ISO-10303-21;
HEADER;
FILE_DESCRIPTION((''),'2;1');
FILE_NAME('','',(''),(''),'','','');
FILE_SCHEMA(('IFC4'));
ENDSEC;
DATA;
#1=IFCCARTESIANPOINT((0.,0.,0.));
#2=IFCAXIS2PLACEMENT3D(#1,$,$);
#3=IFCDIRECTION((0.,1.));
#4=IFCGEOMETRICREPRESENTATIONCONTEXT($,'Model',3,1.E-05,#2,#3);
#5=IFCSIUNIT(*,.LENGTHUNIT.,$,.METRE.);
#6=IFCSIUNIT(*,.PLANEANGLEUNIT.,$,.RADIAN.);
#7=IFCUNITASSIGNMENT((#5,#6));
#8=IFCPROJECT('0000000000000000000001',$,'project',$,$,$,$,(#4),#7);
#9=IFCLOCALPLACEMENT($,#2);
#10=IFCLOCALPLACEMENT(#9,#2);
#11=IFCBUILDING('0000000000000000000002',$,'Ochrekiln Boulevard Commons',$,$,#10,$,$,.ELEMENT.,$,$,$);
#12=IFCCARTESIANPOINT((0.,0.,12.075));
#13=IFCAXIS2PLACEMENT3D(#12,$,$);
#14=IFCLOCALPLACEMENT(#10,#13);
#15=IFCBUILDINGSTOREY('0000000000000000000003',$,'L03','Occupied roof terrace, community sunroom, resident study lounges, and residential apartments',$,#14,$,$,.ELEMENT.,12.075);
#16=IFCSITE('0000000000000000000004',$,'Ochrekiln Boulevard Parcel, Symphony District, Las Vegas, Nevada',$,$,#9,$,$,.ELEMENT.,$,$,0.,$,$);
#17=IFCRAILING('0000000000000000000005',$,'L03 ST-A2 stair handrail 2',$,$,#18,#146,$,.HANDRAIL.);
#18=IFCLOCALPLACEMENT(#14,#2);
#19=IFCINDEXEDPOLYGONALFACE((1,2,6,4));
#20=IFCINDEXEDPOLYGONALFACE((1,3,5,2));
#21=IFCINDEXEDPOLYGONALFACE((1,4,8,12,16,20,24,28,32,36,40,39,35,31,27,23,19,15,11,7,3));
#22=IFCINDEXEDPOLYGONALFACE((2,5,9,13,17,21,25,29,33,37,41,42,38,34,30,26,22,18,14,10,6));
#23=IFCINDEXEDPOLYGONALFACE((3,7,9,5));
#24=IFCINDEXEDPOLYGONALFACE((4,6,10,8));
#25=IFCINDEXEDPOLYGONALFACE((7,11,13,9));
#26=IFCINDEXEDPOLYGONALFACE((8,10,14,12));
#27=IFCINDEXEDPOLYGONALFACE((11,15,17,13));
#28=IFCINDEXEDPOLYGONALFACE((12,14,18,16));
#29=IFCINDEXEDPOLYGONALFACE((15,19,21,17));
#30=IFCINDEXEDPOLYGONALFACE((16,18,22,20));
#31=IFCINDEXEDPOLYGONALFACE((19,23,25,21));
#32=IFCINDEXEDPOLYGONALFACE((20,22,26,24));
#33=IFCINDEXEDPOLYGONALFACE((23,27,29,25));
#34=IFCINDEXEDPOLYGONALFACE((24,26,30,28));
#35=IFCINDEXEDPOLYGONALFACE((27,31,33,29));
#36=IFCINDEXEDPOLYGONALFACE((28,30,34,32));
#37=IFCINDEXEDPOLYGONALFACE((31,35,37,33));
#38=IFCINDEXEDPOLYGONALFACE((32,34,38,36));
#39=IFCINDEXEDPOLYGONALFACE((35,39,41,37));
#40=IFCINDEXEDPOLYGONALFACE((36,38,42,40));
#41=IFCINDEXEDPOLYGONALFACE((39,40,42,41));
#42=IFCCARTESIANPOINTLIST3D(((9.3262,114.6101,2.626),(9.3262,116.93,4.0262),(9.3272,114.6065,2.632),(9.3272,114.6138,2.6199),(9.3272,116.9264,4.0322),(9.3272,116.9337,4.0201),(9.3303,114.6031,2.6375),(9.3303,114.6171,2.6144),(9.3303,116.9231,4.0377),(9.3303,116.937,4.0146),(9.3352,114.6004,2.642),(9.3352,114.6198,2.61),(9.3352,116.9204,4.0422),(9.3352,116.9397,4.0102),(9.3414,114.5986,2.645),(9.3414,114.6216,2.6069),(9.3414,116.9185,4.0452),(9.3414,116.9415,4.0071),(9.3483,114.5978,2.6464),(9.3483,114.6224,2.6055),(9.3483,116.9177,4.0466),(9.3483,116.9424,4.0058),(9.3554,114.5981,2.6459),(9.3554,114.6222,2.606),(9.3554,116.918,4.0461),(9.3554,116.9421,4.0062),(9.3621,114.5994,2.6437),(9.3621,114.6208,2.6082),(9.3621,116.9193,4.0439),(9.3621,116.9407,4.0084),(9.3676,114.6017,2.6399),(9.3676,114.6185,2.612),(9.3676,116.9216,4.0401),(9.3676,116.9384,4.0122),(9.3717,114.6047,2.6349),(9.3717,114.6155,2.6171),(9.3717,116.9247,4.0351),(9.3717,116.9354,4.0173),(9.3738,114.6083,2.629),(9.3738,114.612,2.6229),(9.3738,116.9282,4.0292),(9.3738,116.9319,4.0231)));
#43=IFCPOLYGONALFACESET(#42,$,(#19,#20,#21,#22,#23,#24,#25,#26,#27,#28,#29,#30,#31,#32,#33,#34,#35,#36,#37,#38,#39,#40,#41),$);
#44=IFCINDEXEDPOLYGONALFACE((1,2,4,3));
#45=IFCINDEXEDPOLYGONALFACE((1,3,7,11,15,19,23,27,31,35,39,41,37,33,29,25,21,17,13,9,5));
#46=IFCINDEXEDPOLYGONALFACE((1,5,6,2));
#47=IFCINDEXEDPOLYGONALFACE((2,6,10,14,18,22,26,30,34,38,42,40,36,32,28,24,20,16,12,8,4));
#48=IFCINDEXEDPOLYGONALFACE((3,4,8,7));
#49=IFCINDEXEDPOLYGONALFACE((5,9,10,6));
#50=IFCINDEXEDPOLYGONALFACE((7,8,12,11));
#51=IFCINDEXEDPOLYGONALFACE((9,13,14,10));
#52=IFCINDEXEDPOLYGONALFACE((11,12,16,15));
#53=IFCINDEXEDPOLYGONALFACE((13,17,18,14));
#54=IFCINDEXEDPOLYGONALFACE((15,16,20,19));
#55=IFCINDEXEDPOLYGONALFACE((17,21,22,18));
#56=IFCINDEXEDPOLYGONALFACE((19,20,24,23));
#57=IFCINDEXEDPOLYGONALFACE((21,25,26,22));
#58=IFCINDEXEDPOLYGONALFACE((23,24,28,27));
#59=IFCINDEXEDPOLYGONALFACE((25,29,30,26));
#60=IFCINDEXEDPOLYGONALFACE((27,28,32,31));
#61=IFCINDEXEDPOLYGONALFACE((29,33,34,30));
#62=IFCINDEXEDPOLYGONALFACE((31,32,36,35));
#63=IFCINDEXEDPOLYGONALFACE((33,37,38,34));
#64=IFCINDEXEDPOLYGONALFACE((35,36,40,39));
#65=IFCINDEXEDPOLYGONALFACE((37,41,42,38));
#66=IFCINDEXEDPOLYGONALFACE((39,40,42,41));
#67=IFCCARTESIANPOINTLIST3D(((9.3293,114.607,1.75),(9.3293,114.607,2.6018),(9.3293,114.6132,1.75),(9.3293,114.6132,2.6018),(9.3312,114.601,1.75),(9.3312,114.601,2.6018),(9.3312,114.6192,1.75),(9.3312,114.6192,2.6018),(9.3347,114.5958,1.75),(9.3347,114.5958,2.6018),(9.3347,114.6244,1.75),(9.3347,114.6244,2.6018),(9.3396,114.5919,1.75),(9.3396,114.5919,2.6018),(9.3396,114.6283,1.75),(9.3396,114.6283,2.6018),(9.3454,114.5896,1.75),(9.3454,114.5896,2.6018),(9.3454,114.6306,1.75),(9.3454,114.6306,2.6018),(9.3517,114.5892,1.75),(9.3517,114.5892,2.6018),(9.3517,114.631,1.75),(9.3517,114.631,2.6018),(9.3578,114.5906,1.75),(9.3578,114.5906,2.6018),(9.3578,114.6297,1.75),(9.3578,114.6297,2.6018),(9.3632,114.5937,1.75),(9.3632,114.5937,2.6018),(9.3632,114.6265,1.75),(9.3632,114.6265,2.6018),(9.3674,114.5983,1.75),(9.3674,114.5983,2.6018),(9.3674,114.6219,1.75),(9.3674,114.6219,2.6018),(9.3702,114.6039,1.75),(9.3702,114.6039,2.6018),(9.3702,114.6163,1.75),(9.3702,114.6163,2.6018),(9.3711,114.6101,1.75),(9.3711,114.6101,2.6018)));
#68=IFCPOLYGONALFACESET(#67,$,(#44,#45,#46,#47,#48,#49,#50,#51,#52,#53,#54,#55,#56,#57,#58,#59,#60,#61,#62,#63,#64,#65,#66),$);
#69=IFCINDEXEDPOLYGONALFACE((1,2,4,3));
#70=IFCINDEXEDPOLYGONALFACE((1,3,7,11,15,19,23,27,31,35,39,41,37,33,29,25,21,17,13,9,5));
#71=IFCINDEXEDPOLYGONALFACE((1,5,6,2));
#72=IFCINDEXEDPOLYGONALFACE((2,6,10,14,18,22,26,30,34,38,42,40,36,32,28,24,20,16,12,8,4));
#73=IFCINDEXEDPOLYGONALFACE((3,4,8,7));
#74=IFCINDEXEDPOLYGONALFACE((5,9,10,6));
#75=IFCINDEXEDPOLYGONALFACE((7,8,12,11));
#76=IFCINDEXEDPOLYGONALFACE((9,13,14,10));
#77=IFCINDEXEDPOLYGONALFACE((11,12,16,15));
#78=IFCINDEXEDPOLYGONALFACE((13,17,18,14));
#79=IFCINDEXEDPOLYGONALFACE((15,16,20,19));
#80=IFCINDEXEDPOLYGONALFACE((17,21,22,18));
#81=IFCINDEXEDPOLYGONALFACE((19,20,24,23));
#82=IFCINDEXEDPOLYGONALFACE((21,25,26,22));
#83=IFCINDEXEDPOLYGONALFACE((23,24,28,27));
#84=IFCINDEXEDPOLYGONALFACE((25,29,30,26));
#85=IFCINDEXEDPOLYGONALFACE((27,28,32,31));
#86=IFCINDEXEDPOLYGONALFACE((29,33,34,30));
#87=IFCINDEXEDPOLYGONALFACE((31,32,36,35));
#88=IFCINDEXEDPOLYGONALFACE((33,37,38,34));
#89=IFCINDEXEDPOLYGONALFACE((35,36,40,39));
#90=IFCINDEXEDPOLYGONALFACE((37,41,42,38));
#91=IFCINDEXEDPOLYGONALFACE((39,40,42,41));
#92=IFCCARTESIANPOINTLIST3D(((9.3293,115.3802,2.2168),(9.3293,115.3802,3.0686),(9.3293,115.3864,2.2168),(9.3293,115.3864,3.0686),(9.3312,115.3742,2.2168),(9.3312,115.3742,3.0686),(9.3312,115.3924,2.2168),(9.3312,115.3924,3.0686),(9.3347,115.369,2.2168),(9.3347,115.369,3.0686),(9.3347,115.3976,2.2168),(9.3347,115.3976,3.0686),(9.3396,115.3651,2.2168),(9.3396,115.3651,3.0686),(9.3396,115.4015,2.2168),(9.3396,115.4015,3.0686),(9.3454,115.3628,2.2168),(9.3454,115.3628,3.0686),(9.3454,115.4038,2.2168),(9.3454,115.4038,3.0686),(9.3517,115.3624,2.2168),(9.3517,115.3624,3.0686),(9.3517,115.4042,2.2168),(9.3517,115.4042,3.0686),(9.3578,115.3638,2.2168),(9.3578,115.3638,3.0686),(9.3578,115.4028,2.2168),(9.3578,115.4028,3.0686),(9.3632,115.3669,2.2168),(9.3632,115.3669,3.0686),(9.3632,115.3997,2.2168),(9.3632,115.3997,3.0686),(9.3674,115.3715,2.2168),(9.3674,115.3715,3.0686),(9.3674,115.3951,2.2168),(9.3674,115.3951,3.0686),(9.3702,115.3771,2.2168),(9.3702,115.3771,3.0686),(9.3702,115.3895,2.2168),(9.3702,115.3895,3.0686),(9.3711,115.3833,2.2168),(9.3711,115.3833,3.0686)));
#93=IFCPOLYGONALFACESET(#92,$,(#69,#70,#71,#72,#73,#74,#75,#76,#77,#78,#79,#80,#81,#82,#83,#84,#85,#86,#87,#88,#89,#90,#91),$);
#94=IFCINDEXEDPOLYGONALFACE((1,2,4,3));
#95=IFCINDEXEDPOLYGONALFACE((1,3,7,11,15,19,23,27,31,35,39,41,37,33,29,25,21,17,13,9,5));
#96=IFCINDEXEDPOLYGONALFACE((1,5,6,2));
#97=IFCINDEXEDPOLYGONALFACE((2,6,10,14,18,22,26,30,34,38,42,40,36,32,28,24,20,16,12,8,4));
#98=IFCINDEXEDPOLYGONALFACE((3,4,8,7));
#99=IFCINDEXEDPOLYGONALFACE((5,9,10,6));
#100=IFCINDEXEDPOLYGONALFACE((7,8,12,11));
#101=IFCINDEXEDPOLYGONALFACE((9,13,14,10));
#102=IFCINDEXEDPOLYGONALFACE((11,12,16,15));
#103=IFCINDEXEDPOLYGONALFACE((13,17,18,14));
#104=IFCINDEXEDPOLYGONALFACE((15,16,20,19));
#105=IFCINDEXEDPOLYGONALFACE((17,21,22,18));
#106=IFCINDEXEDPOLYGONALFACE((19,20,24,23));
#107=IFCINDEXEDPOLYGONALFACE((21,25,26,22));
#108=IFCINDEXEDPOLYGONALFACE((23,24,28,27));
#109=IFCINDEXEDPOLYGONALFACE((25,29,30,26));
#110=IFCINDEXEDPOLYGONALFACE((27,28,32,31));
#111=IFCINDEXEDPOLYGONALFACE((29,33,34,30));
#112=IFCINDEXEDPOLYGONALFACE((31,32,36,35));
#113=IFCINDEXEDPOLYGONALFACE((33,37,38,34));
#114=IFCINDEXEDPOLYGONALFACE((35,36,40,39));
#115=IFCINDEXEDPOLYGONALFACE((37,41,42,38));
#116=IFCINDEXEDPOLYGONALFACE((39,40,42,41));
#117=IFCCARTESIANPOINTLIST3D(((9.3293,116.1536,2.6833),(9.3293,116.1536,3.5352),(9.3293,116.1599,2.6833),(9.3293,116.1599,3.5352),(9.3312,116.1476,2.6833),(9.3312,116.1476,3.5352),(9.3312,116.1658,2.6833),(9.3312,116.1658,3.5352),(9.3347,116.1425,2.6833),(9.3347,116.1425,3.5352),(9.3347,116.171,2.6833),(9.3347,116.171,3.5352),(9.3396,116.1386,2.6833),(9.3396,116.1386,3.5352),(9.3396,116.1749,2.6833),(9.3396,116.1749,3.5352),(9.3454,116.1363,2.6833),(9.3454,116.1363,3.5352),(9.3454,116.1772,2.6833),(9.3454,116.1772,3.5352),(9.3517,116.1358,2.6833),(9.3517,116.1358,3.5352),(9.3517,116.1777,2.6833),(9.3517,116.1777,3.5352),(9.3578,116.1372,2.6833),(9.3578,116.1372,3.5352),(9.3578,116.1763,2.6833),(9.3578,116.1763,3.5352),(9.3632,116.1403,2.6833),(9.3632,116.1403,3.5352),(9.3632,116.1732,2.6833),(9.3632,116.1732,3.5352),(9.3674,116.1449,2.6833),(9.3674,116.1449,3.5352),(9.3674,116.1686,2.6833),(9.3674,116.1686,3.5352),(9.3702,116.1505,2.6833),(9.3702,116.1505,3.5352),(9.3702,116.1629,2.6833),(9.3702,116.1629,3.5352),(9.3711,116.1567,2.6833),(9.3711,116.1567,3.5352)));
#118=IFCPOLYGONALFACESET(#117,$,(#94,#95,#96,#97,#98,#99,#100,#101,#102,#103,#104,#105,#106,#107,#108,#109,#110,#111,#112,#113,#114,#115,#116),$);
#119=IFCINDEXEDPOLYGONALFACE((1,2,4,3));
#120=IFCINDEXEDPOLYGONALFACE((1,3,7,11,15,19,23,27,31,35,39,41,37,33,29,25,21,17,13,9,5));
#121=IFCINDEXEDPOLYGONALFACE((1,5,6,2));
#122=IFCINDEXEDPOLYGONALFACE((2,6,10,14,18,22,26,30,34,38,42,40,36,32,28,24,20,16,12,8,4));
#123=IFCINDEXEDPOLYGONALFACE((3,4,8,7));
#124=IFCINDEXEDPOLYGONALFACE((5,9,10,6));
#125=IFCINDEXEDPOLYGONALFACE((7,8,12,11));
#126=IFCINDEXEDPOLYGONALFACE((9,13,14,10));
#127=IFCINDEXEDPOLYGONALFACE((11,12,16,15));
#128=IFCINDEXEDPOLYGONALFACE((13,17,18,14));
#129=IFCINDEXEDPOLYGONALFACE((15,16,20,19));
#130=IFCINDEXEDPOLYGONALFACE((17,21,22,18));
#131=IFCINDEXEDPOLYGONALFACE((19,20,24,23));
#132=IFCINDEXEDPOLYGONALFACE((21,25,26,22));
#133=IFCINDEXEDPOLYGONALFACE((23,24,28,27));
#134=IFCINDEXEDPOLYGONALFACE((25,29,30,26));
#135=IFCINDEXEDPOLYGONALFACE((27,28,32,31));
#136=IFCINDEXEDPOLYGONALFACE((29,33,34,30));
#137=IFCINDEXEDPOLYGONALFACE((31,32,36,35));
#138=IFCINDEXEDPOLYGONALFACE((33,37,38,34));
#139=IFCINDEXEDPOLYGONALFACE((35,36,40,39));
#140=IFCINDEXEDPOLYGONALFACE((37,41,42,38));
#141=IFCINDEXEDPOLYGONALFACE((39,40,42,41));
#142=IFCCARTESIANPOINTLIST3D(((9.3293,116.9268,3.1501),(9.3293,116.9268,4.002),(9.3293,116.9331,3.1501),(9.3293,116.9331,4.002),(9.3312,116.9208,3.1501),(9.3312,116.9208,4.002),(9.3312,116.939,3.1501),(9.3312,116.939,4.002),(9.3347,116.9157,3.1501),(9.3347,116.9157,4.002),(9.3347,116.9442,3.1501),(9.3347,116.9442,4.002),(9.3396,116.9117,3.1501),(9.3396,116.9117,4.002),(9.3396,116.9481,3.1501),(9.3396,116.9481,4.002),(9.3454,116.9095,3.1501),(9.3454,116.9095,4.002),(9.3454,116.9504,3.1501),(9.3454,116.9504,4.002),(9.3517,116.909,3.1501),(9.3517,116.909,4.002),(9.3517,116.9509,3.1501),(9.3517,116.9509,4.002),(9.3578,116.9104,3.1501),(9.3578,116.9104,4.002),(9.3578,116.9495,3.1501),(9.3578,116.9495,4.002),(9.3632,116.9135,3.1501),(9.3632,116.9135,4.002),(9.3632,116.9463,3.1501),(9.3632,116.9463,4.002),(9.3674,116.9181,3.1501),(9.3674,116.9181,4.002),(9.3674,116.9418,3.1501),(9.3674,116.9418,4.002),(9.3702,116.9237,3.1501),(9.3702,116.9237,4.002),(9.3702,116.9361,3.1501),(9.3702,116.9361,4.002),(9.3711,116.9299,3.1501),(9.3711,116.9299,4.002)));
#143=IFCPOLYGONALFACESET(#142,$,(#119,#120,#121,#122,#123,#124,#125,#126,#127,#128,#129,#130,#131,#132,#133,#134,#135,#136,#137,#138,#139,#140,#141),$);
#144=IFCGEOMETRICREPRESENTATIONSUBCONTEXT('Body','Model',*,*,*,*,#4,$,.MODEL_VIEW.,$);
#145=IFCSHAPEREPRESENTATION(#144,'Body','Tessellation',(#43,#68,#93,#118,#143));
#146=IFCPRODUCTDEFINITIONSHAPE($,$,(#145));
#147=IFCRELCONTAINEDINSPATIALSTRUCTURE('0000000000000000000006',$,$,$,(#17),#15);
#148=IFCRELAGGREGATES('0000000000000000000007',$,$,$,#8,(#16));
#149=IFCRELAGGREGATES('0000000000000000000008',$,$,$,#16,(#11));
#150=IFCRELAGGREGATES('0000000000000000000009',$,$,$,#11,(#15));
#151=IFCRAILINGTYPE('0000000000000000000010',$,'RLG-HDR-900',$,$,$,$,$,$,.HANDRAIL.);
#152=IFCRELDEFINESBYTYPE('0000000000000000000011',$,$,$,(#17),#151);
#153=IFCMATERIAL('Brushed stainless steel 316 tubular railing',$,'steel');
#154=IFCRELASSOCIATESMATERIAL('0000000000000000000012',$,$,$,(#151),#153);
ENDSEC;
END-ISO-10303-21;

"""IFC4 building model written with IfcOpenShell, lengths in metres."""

from ifc_helpers import new_model, si_unit, direction, frame, origin, origin_2d, place, context, subcontext, project, spatial, circle, extrude, material, type_object, element, save


model = new_model("IFC4")

# Units and contexts
model_context = context("Model", 3, precision=1e-05, world=origin(), true_north=direction((0.0, 1.0)))
body_context = subcontext(model_context, "Body", "Model", "MODEL_VIEW")
ifc_project = project(units=[si_unit("LENGTHUNIT", "METRE"), si_unit("PLANEANGLEUNIT", "RADIAN")], contexts=[model_context])

# Site, building, storey
site_placement = place(None, origin())
site = spatial("IfcSite", under=ifc_project, at=site_placement, Name="Ochrekiln Boulevard Parcel, Symphony District, Las Vegas, Nevada", CompositionType="ELEMENT", RefElevation=0.0)
building_placement = place(site_placement, origin())
building = spatial("IfcBuilding", under=site, at=building_placement, Name="Ochrekiln Boulevard Commons", CompositionType="ELEMENT")
storey_placement = place(building_placement, frame((0.0, 0.0, 12.075)))
storey = spatial("IfcBuildingStorey", under=building, at=storey_placement, Name="L03", Description="Occupied roof terrace, community sunroom, resident study lounges, and residential apartments", CompositionType="ELEMENT", Elevation=12.075)

# Railing
ifc_material_1 = material(Name="Brushed stainless steel 316 tubular railing", Category="steel")
railing_type_1 = type_object("IfcRailingType", Name="RLG-HDR-900", PredefinedType="HANDRAIL", material=ifc_material_1)
railing_1_placement = place(storey_placement, frame((9.3501, 114.6101, 1.75)))
element("IfcRailing", 1, at=railing_1_placement, inside=storey, type_object=railing_type_1, Name="L03 ST-A2 stair handrail 2", PredefinedType="HANDRAIL", context=body_context, shape_type="SweptSolid", body=[
    extrude(circle(Radius=0.0239, at=origin_2d()), frame((0.0, 0.0, 0.876), z_axis=(0.0, 0.856146, 0.516733), x_axis=(-1.0, 0.0, 0.0)), (0.0, 0.0, 1.0), 2.7097),
    extrude(circle(Radius=0.021, at=origin_2d()), origin(), (0.0, 0.0, 1.0), 0.8518),
    extrude(circle(Radius=0.021, at=origin_2d()), frame((0.0, 0.7732, 0.4668)), (0.0, 0.0, 1.0), 0.8518),
    extrude(circle(Radius=0.021, at=origin_2d()), frame((0.0, 1.5466, 0.9333)), (0.0, 0.0, 1.0), 0.8518),
    extrude(circle(Radius=0.021, at=origin_2d()), frame((0.0, 2.3198, 1.4001)), (0.0, 0.0, 1.0), 0.8518),
])

save(model, "model.ifc")
